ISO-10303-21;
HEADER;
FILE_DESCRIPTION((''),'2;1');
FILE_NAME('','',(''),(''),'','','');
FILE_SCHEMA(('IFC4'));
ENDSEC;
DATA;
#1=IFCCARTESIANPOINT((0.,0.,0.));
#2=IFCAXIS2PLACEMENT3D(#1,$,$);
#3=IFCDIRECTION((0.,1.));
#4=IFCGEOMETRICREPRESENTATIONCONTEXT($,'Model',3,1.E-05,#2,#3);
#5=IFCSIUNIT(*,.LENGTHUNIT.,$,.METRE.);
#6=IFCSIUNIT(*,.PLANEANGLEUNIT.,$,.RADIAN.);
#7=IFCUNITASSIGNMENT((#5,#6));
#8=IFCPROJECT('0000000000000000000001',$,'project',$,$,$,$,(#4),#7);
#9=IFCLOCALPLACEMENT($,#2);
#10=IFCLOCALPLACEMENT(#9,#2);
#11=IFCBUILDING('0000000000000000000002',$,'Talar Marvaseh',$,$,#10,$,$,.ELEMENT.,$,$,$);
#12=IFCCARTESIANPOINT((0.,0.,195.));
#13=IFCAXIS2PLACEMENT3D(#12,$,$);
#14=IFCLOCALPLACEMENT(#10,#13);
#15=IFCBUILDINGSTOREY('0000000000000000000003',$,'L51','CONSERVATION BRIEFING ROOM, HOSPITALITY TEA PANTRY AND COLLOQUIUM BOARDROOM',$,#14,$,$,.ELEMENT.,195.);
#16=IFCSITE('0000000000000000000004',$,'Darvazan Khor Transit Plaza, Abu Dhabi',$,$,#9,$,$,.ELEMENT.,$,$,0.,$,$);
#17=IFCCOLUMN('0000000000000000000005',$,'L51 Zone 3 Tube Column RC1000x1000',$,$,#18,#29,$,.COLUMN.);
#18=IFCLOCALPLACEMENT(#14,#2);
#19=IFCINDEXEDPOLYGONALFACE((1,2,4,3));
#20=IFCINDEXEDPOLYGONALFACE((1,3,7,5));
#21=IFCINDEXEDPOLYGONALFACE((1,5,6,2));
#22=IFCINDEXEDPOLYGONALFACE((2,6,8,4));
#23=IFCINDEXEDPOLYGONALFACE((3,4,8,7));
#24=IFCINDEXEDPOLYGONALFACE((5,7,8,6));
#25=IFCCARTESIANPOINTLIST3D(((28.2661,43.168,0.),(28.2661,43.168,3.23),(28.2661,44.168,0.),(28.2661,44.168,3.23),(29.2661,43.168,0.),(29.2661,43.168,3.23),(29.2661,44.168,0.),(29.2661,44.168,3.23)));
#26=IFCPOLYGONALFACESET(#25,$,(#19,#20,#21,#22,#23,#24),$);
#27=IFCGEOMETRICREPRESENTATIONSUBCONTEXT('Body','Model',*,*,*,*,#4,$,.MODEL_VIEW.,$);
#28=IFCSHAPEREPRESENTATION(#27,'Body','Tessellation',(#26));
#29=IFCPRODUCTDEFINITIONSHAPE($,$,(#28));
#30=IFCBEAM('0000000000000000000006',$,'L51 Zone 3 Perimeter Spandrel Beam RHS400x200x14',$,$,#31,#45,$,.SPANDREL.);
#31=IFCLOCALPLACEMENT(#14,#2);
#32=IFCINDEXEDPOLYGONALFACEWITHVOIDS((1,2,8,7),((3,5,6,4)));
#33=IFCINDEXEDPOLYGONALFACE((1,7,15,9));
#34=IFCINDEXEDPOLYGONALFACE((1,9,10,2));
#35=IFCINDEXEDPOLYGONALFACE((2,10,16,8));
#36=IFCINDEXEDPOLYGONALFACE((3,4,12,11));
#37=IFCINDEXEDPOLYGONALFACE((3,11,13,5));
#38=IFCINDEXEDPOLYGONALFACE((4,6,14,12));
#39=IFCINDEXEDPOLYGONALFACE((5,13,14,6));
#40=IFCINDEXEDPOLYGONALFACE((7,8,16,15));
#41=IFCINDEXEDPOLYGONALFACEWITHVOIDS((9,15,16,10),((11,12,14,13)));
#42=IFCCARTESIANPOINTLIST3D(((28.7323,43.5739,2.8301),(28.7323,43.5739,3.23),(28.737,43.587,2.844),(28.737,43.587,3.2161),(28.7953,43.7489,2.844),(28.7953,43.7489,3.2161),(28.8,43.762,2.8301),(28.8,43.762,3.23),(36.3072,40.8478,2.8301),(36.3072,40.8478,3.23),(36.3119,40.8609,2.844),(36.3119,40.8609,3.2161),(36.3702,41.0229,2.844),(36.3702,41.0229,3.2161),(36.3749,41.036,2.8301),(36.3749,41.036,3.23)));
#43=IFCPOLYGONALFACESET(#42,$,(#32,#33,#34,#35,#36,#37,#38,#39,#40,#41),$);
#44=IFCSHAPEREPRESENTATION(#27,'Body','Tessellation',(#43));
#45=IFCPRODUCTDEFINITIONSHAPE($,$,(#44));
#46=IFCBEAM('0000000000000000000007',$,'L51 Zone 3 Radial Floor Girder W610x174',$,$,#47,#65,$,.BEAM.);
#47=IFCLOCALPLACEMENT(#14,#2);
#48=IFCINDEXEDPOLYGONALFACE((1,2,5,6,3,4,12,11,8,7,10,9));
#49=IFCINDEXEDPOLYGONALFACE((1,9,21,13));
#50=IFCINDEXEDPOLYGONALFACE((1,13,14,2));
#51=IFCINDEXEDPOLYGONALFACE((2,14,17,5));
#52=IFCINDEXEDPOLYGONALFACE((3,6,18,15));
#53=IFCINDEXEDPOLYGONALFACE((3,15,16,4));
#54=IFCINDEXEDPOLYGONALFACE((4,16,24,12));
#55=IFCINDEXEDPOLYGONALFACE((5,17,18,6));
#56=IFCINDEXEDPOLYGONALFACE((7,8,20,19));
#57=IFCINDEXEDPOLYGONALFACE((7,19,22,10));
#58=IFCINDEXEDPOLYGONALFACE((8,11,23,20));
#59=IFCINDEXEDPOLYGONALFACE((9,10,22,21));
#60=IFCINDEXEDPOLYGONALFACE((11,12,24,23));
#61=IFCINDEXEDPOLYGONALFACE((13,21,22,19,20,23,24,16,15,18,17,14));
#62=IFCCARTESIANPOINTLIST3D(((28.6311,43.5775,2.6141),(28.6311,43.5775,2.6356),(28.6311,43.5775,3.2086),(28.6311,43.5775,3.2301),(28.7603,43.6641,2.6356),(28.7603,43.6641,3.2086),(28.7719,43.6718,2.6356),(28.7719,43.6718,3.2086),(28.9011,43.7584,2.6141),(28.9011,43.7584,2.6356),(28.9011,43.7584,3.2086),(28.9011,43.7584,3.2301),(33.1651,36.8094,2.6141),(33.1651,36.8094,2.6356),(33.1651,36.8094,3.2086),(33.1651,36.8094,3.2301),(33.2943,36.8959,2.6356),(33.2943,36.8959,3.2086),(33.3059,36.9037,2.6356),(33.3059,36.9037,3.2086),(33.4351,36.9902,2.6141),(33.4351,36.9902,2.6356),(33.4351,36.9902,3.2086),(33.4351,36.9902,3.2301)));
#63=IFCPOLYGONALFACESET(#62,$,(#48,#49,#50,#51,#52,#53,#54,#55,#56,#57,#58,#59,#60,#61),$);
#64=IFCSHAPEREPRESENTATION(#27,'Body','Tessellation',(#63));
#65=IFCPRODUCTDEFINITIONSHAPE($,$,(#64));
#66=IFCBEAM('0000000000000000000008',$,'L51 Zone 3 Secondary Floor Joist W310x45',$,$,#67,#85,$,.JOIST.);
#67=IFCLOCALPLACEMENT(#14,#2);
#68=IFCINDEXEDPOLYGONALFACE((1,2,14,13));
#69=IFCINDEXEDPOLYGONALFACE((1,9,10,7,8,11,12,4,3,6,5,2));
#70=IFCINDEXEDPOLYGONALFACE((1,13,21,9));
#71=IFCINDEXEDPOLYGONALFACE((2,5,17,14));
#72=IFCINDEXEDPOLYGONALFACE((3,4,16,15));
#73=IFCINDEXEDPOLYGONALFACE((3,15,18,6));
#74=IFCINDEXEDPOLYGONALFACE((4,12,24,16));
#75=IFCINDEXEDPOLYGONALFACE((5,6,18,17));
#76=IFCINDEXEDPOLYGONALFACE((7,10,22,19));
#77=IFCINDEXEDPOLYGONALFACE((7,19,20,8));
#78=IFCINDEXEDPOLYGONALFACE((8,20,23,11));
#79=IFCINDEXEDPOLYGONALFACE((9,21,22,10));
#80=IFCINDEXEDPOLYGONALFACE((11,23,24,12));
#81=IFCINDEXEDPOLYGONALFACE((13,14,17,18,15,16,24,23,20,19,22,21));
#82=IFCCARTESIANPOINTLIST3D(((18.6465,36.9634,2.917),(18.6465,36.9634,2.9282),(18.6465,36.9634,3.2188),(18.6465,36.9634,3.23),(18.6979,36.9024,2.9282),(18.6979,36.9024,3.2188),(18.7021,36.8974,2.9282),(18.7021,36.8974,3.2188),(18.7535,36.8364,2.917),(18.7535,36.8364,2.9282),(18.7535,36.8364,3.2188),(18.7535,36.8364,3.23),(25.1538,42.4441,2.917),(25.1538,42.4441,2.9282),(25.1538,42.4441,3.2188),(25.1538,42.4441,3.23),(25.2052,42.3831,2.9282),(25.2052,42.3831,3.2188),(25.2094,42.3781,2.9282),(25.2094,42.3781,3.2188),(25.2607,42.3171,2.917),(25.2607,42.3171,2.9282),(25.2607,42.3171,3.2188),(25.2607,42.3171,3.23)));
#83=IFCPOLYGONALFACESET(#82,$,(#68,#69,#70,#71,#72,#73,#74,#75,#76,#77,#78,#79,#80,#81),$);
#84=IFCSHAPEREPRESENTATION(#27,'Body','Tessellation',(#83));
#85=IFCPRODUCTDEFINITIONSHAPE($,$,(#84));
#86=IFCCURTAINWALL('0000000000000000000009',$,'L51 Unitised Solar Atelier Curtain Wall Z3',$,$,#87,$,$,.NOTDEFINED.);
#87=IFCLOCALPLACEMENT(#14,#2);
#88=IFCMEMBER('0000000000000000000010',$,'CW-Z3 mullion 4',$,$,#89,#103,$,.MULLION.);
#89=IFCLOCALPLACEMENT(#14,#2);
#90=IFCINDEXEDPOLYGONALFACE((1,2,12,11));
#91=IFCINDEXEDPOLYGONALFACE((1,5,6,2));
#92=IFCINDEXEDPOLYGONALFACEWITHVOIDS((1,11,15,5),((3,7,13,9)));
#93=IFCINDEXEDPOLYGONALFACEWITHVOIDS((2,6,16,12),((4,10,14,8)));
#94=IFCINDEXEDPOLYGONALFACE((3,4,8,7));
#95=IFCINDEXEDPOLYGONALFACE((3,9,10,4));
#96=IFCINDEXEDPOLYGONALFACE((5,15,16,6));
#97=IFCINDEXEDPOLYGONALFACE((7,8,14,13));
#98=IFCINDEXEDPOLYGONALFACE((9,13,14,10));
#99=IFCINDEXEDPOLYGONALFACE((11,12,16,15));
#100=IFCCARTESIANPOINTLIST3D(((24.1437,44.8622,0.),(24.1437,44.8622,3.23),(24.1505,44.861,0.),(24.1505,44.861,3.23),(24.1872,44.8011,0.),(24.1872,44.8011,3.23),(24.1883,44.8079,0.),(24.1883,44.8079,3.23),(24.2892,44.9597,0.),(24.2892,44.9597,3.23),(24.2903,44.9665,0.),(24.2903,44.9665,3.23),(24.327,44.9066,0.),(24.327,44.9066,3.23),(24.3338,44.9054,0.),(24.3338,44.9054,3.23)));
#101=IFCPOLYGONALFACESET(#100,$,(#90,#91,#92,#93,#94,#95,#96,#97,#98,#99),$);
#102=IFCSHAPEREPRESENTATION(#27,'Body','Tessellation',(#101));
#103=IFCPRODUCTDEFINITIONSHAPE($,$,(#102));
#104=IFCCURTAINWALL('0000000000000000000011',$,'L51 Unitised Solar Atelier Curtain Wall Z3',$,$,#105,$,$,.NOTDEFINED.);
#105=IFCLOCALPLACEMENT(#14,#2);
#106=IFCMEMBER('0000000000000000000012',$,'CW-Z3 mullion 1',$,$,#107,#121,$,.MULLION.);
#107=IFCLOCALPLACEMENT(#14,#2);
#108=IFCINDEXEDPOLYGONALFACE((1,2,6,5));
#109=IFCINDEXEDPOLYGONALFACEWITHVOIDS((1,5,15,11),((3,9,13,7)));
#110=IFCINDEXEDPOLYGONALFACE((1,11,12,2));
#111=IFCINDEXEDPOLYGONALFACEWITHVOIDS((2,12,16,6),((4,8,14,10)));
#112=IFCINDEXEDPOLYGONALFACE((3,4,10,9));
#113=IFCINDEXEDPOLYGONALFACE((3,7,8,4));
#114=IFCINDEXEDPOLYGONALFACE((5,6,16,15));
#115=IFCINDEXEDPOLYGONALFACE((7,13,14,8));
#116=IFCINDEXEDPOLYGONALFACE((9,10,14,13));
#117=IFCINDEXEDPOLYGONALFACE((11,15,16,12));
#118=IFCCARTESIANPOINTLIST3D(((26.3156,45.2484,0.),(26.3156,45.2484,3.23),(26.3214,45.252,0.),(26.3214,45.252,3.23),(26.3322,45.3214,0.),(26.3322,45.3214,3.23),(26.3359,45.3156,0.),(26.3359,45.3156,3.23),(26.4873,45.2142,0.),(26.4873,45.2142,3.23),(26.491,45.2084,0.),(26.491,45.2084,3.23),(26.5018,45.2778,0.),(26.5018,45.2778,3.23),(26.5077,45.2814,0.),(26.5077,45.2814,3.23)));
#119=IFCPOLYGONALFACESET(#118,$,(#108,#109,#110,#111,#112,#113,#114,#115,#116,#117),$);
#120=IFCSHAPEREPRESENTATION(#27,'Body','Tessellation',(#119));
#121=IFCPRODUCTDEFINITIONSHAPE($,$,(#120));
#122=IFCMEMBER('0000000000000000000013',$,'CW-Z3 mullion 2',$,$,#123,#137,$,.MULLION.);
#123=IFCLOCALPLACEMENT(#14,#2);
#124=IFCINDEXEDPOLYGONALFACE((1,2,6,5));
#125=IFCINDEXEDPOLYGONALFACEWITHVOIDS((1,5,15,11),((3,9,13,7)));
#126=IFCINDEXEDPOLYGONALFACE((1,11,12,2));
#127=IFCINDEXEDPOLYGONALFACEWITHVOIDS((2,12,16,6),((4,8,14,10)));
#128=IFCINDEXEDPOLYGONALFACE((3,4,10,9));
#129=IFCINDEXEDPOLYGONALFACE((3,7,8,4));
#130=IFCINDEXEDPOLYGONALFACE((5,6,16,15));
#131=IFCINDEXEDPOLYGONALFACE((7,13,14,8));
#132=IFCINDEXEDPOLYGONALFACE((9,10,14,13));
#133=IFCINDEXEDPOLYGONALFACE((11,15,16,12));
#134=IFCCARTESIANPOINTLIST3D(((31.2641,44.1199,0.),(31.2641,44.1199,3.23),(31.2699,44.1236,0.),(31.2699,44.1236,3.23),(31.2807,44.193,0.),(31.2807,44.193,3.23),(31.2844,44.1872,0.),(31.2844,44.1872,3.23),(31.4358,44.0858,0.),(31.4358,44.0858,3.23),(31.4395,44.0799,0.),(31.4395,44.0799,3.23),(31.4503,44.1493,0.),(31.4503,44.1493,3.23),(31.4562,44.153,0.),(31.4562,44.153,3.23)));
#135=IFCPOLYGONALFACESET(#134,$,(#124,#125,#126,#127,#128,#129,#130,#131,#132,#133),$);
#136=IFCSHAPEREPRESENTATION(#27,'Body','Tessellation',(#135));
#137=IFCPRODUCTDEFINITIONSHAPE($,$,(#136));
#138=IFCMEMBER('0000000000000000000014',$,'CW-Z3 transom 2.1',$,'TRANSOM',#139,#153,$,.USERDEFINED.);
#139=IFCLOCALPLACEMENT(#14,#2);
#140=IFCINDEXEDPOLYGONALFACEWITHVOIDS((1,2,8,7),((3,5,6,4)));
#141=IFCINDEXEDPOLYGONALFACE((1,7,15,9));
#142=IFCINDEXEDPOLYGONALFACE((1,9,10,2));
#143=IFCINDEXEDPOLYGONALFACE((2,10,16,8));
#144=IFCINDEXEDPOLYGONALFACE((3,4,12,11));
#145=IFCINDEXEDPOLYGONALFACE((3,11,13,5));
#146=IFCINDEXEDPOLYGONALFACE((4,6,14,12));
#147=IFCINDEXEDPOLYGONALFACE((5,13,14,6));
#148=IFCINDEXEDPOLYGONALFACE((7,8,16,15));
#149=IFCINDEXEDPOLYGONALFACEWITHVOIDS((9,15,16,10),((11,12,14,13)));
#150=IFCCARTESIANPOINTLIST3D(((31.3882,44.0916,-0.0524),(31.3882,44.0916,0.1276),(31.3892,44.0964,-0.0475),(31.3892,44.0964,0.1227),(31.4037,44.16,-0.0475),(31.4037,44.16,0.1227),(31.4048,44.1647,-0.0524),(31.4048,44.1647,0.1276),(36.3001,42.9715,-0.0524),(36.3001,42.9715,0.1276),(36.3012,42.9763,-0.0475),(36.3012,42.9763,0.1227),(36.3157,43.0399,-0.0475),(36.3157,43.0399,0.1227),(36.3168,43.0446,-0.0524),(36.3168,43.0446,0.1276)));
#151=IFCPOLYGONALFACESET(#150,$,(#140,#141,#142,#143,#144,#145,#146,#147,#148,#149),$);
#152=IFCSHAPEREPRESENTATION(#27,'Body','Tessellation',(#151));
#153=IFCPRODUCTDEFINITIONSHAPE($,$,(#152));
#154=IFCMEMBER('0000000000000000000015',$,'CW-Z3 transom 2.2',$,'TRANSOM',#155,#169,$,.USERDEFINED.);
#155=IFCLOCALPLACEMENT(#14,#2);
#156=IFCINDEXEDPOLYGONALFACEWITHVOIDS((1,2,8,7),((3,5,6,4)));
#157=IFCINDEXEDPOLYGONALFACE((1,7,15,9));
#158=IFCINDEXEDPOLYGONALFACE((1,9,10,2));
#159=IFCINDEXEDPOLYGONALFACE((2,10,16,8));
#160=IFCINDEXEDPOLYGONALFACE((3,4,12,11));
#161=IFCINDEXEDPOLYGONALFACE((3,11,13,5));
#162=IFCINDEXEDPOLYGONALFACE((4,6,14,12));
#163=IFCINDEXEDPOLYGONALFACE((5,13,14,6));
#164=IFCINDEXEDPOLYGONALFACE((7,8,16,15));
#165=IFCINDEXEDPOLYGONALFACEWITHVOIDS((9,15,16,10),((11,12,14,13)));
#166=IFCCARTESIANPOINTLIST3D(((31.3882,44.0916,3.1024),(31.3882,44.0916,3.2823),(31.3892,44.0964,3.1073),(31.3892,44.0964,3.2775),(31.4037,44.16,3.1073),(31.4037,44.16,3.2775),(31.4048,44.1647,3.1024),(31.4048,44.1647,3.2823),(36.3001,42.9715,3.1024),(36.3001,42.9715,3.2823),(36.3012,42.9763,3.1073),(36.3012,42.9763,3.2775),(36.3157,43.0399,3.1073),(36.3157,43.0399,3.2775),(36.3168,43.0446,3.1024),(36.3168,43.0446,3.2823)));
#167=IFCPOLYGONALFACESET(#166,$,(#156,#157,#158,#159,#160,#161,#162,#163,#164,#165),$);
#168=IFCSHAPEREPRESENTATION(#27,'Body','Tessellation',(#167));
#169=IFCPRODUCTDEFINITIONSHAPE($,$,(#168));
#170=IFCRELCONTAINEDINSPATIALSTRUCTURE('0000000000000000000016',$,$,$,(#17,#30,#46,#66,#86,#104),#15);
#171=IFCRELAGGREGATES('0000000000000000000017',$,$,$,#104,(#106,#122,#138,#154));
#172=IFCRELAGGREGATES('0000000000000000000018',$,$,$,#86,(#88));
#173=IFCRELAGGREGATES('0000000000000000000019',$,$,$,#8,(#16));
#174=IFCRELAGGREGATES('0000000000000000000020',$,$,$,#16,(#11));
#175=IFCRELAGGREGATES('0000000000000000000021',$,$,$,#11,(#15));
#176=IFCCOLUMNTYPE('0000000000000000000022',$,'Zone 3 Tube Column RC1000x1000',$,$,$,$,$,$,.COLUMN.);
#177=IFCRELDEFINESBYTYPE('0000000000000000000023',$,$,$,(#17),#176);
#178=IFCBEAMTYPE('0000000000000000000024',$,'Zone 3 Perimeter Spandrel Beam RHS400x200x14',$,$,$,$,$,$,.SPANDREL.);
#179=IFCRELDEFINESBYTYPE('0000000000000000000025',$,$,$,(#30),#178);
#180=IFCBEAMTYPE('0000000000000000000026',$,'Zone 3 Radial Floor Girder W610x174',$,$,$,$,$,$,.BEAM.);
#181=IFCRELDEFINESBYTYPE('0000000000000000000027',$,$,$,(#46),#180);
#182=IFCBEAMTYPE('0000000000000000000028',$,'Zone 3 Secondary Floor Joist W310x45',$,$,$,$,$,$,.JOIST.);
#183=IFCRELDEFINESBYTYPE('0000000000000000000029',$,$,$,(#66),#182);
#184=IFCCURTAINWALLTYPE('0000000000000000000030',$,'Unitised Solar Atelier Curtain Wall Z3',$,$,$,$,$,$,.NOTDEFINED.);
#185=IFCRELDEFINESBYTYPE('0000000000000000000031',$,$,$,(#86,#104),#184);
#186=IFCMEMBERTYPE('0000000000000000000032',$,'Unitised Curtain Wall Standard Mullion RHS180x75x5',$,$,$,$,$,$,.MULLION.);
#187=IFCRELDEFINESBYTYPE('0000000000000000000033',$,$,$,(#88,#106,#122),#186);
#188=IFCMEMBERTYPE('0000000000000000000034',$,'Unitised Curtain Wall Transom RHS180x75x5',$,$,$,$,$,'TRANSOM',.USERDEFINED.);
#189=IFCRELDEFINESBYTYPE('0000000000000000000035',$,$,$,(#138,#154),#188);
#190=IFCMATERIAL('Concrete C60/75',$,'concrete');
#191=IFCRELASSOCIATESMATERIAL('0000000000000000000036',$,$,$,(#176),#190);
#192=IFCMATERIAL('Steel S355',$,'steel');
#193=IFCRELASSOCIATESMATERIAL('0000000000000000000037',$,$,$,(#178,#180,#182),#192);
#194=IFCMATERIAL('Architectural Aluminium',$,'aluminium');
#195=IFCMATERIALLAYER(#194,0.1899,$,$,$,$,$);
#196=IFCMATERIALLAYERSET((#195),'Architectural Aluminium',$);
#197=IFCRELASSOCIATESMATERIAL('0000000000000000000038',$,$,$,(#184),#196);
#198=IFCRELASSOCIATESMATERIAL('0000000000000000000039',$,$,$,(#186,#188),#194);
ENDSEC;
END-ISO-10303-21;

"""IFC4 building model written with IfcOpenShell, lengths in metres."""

from ifc_helpers import new_model, si_unit, direction, frame, origin, origin_2d, place, context, subcontext, project, spatial, rectangle, hollow_rectangle, i_section, extrude, source, transform, mapped, material, layer, layer_set, material_profile, profile_set, type_object, type_shapes, element, aggregate, save


model = new_model("IFC4")

# Units and contexts
model_context = context("Model", 3, precision=1e-05, world=origin(), true_north=direction((0.0, 1.0)))
body_context = subcontext(model_context, "Body", "Model", "MODEL_VIEW")
ifc_project = project(units=[si_unit("LENGTHUNIT", "METRE"), si_unit("PLANEANGLEUNIT", "RADIAN")], contexts=[model_context])

# Site, building, storey
site_placement = place(None, origin())
site = spatial("IfcSite", under=ifc_project, at=site_placement, Name="Darvazan Khor Transit Plaza, Abu Dhabi", CompositionType="ELEMENT", RefElevation=0.0)
building_placement = place(site_placement, origin())
building = spatial("IfcBuilding", under=site, at=building_placement, Name="Talar Marvaseh", CompositionType="ELEMENT")
storey_placement = place(building_placement, frame((0.0, 0.0, 195.0)))
storey = spatial("IfcBuildingStorey", under=building, at=storey_placement, Name="L51", Description="CONSERVATION BRIEFING ROOM, HOSPITALITY TEA PANTRY AND COLLOQUIUM BOARDROOM", CompositionType="ELEMENT", Elevation=195.0)

# Column
ifc_material_1 = material(Name="Concrete C60/75", Category="concrete")
ifc_material_profile_1 = material_profile(ifc_material_1, rectangle(XDim=1.0, YDim=1.0, at=origin_2d()), Name="RC1000x1000")
ifc_profile_set_1 = profile_set([ifc_material_profile_1], Name="Concrete C60/75")
column_type = type_object("IfcColumnType", Name="Zone 3 Tube Column RC1000x1000", PredefinedType="COLUMN", material=ifc_profile_set_1)
column_placement = place(storey_placement, frame((28.7661, 43.668, 0.0), z_axis=(0.0, 0.0, 1.0), x_axis=(1.0, 0.0, 0.0)))
element("IfcColumn", 1, at=column_placement, inside=storey, type_object=column_type, Name="L51 Zone 3 Tube Column RC1000x1000", PredefinedType="COLUMN", context=body_context, shape_type="SweptSolid", body=[
    extrude(rectangle(XDim=1.0, YDim=1.0, at=origin_2d()), origin(), (0.0, 0.0, 1.0), 3.23),
])

# Beams
ifc_material_2 = material(Name="Steel S355", Category="steel")
ifc_material_profile_2 = material_profile(ifc_material_2, hollow_rectangle(XDim=0.2, YDim=0.3999, WallThickness=0.0139, at=origin_2d()), Name="RHS400x200x14")
ifc_profile_set_2 = profile_set([ifc_material_profile_2], Name="Steel S355")
beam_type_1 = type_object("IfcBeamType", Name="Zone 3 Perimeter Spandrel Beam RHS400x200x14", PredefinedType="SPANDREL", material=ifc_profile_set_2)
beam_1_placement = place(storey_placement, frame((28.7661, 43.668, 3.03), z_axis=(0.940923, -0.33862, 0.0), x_axis=(0.33862, 0.940923, 0.0)))
element("IfcBeam", 2, at=beam_1_placement, inside=storey, type_object=beam_type_1, Name="L51 Zone 3 Perimeter Spandrel Beam RHS400x200x14", PredefinedType="SPANDREL", context=body_context, shape_type="SweptSolid", body=[
    extrude(hollow_rectangle(XDim=0.2, YDim=0.3999, WallThickness=0.0139, at=origin_2d()), origin(), (0.0, 0.0, 1.0), 8.0505),
])
ifc_material_profile_3 = material_profile(ifc_material_2, i_section(OverallWidth=0.325, OverallDepth=0.616, WebThickness=0.0139, FlangeThickness=0.0215, at=origin_2d()), Name="W610x174")
ifc_profile_set_3 = profile_set([ifc_material_profile_3], Name="Steel S355")
beam_type_2 = type_object("IfcBeamType", Name="Zone 3 Radial Floor Girder W610x174", PredefinedType="BEAM", material=ifc_profile_set_3)
beam_2_placement = place(storey_placement, frame((28.7661, 43.668, 2.9221), z_axis=(0.556559, -0.830808, 0.0), x_axis=(0.830808, 0.556559, 0.0)))
element("IfcBeam", 3, at=beam_2_placement, inside=storey, type_object=beam_type_2, Name="L51 Zone 3 Radial Floor Girder W610x174", PredefinedType="BEAM", context=body_context, shape_type="SweptSolid", body=[
    extrude(i_section(OverallWidth=0.325, OverallDepth=0.616, WebThickness=0.0139, FlangeThickness=0.0215, at=origin_2d()), origin(), (0.0, 0.0, 1.0), 8.1465),
])
ifc_material_profile_4 = material_profile(ifc_material_2, i_section(OverallWidth=0.166, OverallDepth=0.313, WebThickness=0.0066, FlangeThickness=0.0112, at=origin_2d()), Name="W310x45")
ifc_profile_set_4 = profile_set([ifc_material_profile_4], Name="Steel S355")
beam_type_3 = type_object("IfcBeamType", Name="Zone 3 Secondary Floor Joist W310x45", PredefinedType="JOIST", material=ifc_profile_set_4)
beam_3_placement = place(storey_placement, frame((25.2073, 42.3806, 3.0735), z_axis=(-0.764861, -0.644195, 0.0), x_axis=(0.644195, -0.764861, 0.0)))
element("IfcBeam", 4, at=beam_3_placement, inside=storey, type_object=beam_type_3, Name="L51 Zone 3 Secondary Floor Joist W310x45", PredefinedType="JOIST", context=body_context, shape_type="SweptSolid", body=[
    extrude(i_section(OverallWidth=0.166, OverallDepth=0.313, WebThickness=0.0066, FlangeThickness=0.0112, at=origin_2d()), origin(), (0.0, 0.0, 1.0), 8.5078),
])

# Curtain wall, member
ifc_material_3 = material(Name="Architectural Aluminium", Category="aluminium")
ifc_layer_1 = layer(ifc_material_3, 0.1899)
ifc_layer_set_1 = layer_set([ifc_layer_1], Name="Architectural Aluminium")
curtain_wall_type = type_object("IfcCurtainWallType", Name="Unitised Solar Atelier Curtain Wall Z3", PredefinedType="NOTDEFINED", material=ifc_layer_set_1)
curtain_wall_1_placement = place(storey_placement, origin())
curtain_wall_1 = element("IfcCurtainWall", 5, at=curtain_wall_1_placement, inside=storey, type_object=curtain_wall_type, Name="L51 Unitised Solar Atelier Curtain Wall Z3", PredefinedType="NOTDEFINED")
ifc_material_profile_5 = material_profile(ifc_material_3, hollow_rectangle(XDim=0.075, YDim=0.1799, WallThickness=0.0049, at=origin_2d()), Name="RHS180x75x5")
ifc_profile_set_5 = profile_set([ifc_material_profile_5], Name="Architectural Aluminium")
member_type_1 = type_object("IfcMemberType", Name="Unitised Curtain Wall Standard Mullion RHS180x75x5", PredefinedType="MULLION", material=ifc_profile_set_5)
shared_shape_1 = source(origin(), body_context, "Body", "SweptSolid", [
    extrude(hollow_rectangle(XDim=0.075, YDim=0.1799, WallThickness=0.0049, at=origin_2d()), origin(), (0.0, 0.0, 1.0), 3.23),
])
type_shapes(member_type_1, [shared_shape_1])
member_1_placement = place(storey_placement, frame((24.2388, 44.8838, 0.0), z_axis=(0.0, 0.0, 1.0), x_axis=(-0.57974, 0.814802, 0.0)))
member_1 = element("IfcMember", 6, at=member_1_placement, type_object=member_type_1, Name="CW-Z3 mullion 4", PredefinedType="MULLION", context=body_context, shape_type="MappedRepresentation", body=[
    mapped(shared_shape_1, transform((0.0, 0.0, 0.0), x_axis=(1.0, 0.0, 0.0), y_axis=(0.0, 1.0, 0.0), z_axis=(0.0, 0.0, 1.0), scale=1.0)),
])

# Curtain wall, members
curtain_wall_2_placement = place(storey_placement, origin())
curtain_wall_2 = element("IfcCurtainWall", 7, at=curtain_wall_2_placement, inside=storey, type_object=curtain_wall_type, Name="L51 Unitised Solar Atelier Curtain Wall Z3", PredefinedType="NOTDEFINED")
member_2_placement = place(storey_placement, frame((26.4116, 45.2649, 0.0), z_axis=(0.0, 0.0, 1.0), x_axis=(0.222335, 0.97497, 0.0)))
member_2 = element("IfcMember", 8, at=member_2_placement, type_object=member_type_1, Name="CW-Z3 mullion 1", PredefinedType="MULLION", context=body_context, shape_type="MappedRepresentation", body=[
    mapped(shared_shape_1, transform((0.0, 0.0, 0.0), x_axis=(1.0, 0.0, 0.0), y_axis=(0.0, 1.0, 0.0), z_axis=(0.0, 0.0, 1.0), scale=1.0)),
])
member_3_placement = place(storey_placement, frame((31.3601, 44.1365, 0.0), z_axis=(0.0, 0.0, 1.0), x_axis=(0.222335, 0.97497, 0.0)))
member_3 = element("IfcMember", 9, at=member_3_placement, type_object=member_type_1, Name="CW-Z3 mullion 2", PredefinedType="MULLION", context=body_context, shape_type="MappedRepresentation", body=[
    mapped(shared_shape_1, transform((0.0, 0.0, 0.0), x_axis=(1.0, 0.0, 0.0), y_axis=(0.0, 1.0, 0.0), z_axis=(0.0, 0.0, 1.0), scale=1.0)),
])
ifc_material_profile_6 = material_profile(ifc_material_3, hollow_rectangle(XDim=0.075, YDim=0.1799, WallThickness=0.0049, at=origin_2d()), Name="RHS180x75x5")
ifc_profile_set_6 = profile_set([ifc_material_profile_6], Name="Architectural Aluminium")
member_type_2 = type_object("IfcMemberType", Name="Unitised Curtain Wall Transom RHS180x75x5", ElementType="TRANSOM", PredefinedType="USERDEFINED", material=ifc_profile_set_6)
shared_shape_2 = source(origin(), body_context, "Body", "SweptSolid", [
    extrude(hollow_rectangle(XDim=0.075, YDim=0.1799, WallThickness=0.0049, at=origin_2d()), origin(), (0.0, 0.0, 1.0), 5.0381),
])
member_4_placement = place(storey_placement, frame((31.3965, 44.1282, 0.0376), z_axis=(0.974973, -0.222325, 0.0), x_axis=(0.222325, 0.974973, 0.0)))
member_4 = element("IfcMember", 10, at=member_4_placement, type_object=member_type_2, Name="CW-Z3 transom 2.1", ObjectType="TRANSOM", PredefinedType="USERDEFINED", context=body_context, shape_type="MappedRepresentation", body=[
    mapped(shared_shape_2, transform((0.0, 0.0, 0.0), x_axis=(1.0, 0.0, 0.0), y_axis=(0.0, 1.0, 0.0), z_axis=(0.0, 0.0, 1.0), scale=1.0)),
])
member_5_placement = place(storey_placement, frame((31.3965, 44.1282, 3.1924), z_axis=(0.974973, -0.222325, 0.0), x_axis=(0.222325, 0.974973, 0.0)))
member_5 = element("IfcMember", 11, at=member_5_placement, type_object=member_type_2, Name="CW-Z3 transom 2.2", ObjectType="TRANSOM", PredefinedType="USERDEFINED", context=body_context, shape_type="MappedRepresentation", body=[
    mapped(shared_shape_2, transform((0.0, 0.0, 0.0), x_axis=(1.0, 0.0, 0.0), y_axis=(0.0, 1.0, 0.0), z_axis=(0.0, 0.0, 1.0), scale=1.0)),
])
aggregate(curtain_wall_2, [member_2, member_3, member_4, member_5])

aggregate(curtain_wall_1, [member_1])

save(model, "model.ifc")
